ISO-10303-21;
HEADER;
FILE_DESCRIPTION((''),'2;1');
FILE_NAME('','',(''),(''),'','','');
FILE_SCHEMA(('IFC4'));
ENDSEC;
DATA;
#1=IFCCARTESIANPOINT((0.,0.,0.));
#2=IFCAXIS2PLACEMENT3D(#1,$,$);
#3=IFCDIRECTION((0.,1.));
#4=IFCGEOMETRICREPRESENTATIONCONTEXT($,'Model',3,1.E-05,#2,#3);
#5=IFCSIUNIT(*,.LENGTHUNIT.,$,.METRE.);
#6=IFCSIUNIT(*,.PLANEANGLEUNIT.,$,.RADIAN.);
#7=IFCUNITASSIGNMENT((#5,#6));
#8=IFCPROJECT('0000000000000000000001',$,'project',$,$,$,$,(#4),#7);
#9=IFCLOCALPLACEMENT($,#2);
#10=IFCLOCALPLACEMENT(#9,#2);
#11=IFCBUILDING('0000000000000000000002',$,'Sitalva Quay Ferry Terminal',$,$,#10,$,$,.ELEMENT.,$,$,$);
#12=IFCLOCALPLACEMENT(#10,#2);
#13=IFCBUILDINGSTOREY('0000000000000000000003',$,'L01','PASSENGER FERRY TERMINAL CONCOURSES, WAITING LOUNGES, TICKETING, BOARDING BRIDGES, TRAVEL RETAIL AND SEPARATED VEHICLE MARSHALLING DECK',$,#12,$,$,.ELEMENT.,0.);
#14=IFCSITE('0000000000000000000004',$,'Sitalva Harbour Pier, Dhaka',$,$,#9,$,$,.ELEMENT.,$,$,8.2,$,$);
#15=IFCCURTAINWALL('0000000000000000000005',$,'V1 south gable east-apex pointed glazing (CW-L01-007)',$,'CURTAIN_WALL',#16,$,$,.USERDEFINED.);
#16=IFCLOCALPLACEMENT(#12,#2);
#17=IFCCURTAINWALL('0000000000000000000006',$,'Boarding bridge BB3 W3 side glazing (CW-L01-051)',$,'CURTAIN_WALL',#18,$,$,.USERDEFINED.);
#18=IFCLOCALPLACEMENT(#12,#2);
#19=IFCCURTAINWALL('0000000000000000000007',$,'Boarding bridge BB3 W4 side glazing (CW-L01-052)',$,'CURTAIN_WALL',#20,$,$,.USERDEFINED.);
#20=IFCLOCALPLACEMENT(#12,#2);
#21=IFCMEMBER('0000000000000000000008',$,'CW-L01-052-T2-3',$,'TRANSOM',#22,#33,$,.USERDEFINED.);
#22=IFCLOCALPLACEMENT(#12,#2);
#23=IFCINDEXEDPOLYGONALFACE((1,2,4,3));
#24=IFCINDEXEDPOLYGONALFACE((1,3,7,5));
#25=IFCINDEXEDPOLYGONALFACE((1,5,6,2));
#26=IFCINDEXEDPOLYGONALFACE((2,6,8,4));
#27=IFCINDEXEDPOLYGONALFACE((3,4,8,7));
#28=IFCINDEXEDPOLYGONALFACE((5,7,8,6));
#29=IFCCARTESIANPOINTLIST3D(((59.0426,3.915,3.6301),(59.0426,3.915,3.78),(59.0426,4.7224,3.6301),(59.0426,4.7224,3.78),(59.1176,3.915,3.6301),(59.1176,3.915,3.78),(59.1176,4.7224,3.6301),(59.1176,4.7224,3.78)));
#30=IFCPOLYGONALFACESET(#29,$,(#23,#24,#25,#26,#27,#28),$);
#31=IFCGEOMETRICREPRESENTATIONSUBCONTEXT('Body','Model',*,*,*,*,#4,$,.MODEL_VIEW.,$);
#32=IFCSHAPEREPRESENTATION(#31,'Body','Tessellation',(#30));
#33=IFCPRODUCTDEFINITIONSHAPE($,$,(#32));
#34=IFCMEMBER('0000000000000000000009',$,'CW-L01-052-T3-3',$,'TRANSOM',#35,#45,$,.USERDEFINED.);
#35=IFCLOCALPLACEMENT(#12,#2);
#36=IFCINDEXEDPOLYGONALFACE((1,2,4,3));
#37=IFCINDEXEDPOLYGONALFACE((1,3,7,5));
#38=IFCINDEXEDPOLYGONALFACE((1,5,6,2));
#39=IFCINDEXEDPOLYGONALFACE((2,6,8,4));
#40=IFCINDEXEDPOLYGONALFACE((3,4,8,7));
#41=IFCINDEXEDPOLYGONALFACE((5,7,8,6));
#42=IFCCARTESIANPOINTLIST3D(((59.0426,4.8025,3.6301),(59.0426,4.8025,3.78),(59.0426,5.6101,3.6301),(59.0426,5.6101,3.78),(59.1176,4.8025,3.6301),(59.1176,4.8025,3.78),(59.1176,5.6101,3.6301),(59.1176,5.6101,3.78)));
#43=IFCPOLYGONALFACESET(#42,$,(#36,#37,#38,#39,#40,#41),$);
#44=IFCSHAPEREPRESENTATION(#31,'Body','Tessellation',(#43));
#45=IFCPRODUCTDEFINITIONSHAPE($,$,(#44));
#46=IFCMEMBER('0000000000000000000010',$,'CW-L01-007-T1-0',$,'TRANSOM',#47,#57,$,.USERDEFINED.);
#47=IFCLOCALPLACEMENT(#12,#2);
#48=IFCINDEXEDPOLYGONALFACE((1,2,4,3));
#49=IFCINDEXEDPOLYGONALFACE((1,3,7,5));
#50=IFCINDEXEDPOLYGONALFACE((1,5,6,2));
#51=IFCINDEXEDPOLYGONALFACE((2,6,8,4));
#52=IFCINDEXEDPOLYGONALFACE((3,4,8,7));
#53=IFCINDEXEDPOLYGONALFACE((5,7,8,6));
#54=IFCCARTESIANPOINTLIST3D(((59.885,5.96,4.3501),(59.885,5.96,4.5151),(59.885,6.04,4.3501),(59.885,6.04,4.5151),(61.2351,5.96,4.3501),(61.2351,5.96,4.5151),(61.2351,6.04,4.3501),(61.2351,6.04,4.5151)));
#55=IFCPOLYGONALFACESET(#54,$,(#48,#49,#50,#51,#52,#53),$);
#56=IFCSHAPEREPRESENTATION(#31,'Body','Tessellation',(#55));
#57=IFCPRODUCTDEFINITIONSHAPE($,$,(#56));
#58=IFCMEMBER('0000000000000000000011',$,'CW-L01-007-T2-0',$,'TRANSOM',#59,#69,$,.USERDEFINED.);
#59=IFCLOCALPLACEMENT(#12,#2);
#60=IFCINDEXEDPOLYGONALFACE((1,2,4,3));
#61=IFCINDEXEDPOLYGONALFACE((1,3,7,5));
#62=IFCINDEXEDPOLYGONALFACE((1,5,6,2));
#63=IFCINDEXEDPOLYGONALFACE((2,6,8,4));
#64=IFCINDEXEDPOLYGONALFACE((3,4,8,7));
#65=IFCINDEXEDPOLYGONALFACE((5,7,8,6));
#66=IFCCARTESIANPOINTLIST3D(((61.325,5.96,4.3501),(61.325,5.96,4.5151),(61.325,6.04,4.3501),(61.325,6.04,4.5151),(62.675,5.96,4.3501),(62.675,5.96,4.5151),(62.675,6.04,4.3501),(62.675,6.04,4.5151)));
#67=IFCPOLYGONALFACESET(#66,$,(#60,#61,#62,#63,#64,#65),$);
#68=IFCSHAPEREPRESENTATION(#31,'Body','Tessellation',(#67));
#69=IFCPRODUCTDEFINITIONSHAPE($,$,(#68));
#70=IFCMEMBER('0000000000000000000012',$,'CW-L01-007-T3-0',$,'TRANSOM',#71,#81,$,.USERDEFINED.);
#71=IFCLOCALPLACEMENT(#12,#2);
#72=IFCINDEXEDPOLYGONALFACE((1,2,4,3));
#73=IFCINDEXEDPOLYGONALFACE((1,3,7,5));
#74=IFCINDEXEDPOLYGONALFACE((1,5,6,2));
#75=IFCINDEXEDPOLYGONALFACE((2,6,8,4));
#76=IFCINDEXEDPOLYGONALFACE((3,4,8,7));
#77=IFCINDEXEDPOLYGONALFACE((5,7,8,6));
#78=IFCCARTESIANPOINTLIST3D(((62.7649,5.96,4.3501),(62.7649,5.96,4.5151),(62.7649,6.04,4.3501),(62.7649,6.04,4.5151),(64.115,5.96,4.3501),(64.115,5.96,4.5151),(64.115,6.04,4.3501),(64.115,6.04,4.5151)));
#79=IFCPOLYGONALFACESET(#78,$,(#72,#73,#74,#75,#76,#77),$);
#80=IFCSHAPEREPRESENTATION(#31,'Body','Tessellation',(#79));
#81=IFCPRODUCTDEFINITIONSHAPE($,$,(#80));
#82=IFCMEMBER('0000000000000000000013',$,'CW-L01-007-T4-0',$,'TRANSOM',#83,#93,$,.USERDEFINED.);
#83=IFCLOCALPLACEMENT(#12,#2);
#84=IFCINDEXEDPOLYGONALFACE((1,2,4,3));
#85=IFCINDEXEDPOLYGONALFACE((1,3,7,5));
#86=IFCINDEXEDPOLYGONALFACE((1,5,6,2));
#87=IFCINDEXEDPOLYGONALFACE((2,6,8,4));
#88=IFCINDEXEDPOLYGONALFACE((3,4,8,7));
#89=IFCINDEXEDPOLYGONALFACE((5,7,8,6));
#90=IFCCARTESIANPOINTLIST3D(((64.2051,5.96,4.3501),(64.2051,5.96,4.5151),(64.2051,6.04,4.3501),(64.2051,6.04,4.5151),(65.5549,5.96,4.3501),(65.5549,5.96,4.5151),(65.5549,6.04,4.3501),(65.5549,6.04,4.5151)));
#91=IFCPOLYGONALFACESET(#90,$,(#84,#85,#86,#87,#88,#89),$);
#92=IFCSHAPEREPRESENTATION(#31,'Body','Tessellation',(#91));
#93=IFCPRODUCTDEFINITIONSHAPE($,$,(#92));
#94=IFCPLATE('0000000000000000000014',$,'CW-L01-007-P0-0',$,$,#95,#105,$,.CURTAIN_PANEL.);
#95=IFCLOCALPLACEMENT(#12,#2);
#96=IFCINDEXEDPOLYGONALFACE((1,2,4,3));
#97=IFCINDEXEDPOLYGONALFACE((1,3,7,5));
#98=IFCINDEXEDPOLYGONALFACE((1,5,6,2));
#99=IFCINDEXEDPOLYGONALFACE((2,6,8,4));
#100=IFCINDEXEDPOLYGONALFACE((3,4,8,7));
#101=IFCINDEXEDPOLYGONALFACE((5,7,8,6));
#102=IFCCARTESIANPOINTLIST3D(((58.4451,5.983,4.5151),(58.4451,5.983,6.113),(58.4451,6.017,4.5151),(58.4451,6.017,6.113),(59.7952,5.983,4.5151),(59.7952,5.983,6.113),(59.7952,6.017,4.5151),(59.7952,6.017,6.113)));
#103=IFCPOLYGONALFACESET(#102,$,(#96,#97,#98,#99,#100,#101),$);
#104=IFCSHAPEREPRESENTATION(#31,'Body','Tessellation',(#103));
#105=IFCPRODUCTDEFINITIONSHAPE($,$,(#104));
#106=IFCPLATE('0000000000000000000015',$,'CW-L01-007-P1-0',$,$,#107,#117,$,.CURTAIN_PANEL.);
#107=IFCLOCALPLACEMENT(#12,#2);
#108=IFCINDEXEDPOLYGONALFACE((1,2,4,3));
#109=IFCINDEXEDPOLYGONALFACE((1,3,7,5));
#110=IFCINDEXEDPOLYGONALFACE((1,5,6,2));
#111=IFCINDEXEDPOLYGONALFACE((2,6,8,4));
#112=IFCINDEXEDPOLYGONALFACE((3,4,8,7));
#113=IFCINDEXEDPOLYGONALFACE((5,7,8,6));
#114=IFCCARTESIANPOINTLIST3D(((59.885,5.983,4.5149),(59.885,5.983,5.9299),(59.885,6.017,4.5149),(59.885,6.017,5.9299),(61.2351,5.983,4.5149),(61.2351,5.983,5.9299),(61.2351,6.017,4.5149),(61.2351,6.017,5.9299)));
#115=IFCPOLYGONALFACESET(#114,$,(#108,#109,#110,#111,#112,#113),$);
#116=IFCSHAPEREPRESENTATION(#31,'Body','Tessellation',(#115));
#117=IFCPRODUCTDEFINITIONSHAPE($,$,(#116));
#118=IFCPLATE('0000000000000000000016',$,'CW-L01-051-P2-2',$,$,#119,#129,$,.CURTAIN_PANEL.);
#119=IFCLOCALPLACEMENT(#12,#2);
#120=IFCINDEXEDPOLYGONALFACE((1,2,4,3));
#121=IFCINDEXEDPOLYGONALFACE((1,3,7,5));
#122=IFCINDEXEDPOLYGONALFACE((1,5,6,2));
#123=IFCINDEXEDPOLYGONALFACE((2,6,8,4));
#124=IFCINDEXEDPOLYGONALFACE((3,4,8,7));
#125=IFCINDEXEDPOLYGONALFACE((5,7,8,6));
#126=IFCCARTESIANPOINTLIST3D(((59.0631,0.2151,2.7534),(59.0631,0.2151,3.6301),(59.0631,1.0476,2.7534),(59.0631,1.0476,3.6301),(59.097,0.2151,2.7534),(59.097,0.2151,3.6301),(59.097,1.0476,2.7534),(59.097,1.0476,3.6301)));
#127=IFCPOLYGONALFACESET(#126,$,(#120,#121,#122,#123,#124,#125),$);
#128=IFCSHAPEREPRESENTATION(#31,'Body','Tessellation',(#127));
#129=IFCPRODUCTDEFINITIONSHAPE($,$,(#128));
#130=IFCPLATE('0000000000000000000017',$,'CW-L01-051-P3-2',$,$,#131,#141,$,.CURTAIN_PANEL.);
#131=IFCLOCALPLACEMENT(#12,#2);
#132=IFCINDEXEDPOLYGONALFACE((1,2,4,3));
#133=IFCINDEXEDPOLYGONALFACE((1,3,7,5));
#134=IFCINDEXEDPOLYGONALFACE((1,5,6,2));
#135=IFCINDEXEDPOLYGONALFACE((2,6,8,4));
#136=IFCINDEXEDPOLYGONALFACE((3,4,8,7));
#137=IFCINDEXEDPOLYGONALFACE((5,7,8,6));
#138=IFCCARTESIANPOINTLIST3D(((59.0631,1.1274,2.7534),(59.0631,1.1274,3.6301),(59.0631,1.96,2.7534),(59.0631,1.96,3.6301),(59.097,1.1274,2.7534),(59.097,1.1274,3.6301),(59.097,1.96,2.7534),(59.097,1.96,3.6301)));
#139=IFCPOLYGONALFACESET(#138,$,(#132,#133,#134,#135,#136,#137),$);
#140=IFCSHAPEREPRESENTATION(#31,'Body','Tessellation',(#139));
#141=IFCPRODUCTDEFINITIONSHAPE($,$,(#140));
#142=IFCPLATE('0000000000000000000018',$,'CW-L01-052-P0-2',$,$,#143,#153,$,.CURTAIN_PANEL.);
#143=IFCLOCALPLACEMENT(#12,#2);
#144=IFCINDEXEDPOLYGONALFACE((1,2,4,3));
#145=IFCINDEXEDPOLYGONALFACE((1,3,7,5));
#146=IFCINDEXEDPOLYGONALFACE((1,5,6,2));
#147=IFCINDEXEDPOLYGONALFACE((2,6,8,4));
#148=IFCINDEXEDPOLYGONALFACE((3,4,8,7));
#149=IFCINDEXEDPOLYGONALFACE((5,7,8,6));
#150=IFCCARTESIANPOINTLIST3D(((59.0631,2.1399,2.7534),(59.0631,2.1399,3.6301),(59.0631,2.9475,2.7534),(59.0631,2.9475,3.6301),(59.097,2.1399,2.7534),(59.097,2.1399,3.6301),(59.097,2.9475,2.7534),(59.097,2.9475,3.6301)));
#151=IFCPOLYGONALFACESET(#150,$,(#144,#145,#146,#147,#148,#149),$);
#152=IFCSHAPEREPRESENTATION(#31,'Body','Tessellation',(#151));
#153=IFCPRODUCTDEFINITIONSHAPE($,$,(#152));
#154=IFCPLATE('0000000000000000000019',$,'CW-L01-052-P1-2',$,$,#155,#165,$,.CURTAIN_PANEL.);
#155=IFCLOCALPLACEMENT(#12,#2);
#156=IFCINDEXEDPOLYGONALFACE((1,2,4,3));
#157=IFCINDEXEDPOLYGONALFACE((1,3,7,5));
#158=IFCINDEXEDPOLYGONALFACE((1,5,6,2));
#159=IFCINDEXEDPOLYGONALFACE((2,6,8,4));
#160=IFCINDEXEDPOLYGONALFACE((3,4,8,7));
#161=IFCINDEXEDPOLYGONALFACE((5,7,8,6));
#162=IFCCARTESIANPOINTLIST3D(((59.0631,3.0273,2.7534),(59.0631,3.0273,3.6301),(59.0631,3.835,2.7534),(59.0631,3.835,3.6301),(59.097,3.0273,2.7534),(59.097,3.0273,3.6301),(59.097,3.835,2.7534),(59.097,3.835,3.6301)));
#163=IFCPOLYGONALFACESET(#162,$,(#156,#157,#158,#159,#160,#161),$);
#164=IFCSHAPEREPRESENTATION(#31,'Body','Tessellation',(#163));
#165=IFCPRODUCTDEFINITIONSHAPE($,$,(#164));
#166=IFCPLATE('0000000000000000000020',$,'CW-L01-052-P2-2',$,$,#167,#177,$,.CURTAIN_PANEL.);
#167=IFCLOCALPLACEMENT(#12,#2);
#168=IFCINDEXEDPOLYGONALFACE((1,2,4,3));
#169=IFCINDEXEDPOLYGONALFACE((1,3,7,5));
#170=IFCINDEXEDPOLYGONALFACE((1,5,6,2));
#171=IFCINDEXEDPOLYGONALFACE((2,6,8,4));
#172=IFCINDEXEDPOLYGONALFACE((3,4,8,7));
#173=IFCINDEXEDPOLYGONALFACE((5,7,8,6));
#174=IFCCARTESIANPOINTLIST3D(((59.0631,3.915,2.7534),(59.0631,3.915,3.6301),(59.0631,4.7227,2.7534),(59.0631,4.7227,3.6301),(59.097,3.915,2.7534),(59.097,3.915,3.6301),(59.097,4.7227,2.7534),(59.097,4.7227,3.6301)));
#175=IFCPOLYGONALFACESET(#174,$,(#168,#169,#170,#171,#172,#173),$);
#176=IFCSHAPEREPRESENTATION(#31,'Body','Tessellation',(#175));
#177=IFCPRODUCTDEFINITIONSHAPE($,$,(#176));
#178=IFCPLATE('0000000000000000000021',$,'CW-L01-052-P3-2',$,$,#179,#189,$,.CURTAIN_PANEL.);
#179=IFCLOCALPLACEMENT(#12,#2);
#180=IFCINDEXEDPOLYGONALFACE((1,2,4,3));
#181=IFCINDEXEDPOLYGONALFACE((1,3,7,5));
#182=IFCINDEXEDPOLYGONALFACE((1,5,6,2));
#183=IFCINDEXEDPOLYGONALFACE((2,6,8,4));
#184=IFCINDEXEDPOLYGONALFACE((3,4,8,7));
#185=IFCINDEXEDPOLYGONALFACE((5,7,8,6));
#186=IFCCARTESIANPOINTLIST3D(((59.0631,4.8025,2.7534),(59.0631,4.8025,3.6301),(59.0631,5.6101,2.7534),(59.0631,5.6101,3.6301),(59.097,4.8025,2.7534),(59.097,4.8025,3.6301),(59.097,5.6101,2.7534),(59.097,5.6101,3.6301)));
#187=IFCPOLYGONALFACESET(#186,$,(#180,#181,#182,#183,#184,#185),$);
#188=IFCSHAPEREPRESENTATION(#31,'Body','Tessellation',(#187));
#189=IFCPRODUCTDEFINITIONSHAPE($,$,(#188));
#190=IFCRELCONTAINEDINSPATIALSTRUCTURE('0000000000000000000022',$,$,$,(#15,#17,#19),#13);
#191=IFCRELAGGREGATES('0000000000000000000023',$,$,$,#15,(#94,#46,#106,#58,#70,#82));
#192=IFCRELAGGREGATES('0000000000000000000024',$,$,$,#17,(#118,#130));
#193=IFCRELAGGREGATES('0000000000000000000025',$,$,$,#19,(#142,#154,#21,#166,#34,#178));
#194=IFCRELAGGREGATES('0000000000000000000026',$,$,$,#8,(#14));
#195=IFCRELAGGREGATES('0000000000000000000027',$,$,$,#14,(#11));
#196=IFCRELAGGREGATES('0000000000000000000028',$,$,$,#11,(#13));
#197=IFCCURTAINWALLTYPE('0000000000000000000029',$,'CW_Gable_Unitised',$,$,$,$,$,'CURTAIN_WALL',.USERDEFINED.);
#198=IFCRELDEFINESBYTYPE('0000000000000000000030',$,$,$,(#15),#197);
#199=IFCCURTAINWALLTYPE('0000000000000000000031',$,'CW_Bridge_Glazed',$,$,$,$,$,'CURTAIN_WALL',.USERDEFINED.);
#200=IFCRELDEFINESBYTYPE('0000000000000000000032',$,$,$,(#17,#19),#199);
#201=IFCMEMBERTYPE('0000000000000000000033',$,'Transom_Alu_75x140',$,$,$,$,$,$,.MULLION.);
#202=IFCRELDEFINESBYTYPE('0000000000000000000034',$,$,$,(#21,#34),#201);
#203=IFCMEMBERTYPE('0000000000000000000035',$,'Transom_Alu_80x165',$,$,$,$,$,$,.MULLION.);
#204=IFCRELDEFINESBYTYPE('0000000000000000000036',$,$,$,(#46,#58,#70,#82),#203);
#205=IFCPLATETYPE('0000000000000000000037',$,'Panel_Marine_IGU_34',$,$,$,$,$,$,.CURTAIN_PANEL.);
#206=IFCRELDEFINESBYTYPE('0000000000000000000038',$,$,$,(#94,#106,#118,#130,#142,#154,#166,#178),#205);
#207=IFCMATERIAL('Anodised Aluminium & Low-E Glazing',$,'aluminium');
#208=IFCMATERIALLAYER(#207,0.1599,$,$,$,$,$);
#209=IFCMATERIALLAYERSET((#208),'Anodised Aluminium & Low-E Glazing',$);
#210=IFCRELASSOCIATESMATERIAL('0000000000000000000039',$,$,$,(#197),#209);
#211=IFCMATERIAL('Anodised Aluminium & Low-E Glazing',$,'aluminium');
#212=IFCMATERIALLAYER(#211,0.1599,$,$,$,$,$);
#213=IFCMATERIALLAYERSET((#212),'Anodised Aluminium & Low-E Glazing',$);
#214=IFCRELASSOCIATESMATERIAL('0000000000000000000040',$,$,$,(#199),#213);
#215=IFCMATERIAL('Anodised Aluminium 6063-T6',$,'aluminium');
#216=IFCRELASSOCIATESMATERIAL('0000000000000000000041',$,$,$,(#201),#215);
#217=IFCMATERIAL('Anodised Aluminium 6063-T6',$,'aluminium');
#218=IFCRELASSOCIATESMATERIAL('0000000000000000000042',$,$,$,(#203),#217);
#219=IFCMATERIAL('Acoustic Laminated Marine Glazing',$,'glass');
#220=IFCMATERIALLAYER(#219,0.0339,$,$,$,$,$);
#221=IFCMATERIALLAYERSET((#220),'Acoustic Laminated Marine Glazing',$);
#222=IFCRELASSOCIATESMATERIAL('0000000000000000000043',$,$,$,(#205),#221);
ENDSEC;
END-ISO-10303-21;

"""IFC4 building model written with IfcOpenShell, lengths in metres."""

from ifc_helpers import new_model, si_unit, direction, frame, origin, origin_2d, place, context, subcontext, project, spatial, rectangle, extrude, material, layer, layer_set, material_profile, profile_set, type_object, element, aggregate, save


model = new_model("IFC4")

# Units and contexts
model_context = context("Model", 3, precision=1e-05, world=origin(), true_north=direction((0.0, 1.0)))
body_context = subcontext(model_context, "Body", "Model", "MODEL_VIEW")
ifc_project = project(units=[si_unit("LENGTHUNIT", "METRE"), si_unit("PLANEANGLEUNIT", "RADIAN")], contexts=[model_context])

# Site, building, storey
site_placement = place(None, origin())
site = spatial("IfcSite", under=ifc_project, at=site_placement, Name="Sitalva Harbour Pier, Dhaka", CompositionType="ELEMENT", RefElevation=8.2)
building_placement = place(site_placement, origin())
building = spatial("IfcBuilding", under=site, at=building_placement, Name="Sitalva Quay Ferry Terminal", CompositionType="ELEMENT")
storey_placement = place(building_placement, origin())
storey = spatial("IfcBuildingStorey", under=building, at=storey_placement, Name="L01", Description="PASSENGER FERRY TERMINAL CONCOURSES, WAITING LOUNGES, TICKETING, BOARDING BRIDGES, TRAVEL RETAIL AND SEPARATED VEHICLE MARSHALLING DECK", CompositionType="ELEMENT", Elevation=0.0)

# Curtain wall
ifc_material_1 = material(Name="Anodised Aluminium & Low-E Glazing", Category="aluminium")
ifc_layer_1 = layer(ifc_material_1, 0.1599)
ifc_layer_set_1 = layer_set([ifc_layer_1], Name="Anodised Aluminium & Low-E Glazing")
curtain_wall_type_1 = type_object("IfcCurtainWallType", Name="CW_Gable_Unitised", ElementType="CURTAIN_WALL", PredefinedType="USERDEFINED", material=ifc_layer_set_1)
curtain_wall_1_placement = place(storey_placement, origin())
curtain_wall_1 = element("IfcCurtainWall", 1, at=curtain_wall_1_placement, inside=storey, type_object=curtain_wall_type_1, Name="V1 south gable east-apex pointed glazing (CW-L01-007)", ObjectType="CURTAIN_WALL", PredefinedType="USERDEFINED")

# Curtain wall
ifc_material_2 = material(Name="Anodised Aluminium & Low-E Glazing", Category="aluminium")
ifc_layer_2 = layer(ifc_material_2, 0.1599)
ifc_layer_set_2 = layer_set([ifc_layer_2], Name="Anodised Aluminium & Low-E Glazing")
curtain_wall_type_2 = type_object("IfcCurtainWallType", Name="CW_Bridge_Glazed", ElementType="CURTAIN_WALL", PredefinedType="USERDEFINED", material=ifc_layer_set_2)
curtain_wall_2_placement = place(storey_placement, origin())
curtain_wall_2 = element("IfcCurtainWall", 2, at=curtain_wall_2_placement, inside=storey, type_object=curtain_wall_type_2, Name="Boarding bridge BB3 W3 side glazing (CW-L01-051)", ObjectType="CURTAIN_WALL", PredefinedType="USERDEFINED")
ifc_material_3 = material(Name="Anodised Aluminium 6063-T6", Category="aluminium")
ifc_material_profile_1 = material_profile(ifc_material_3, rectangle(XDim=0.075, YDim=0.1499, at=origin_2d()), Name="ALU75x150")
ifc_profile_set_1 = profile_set([ifc_material_profile_1], Name="Anodised Aluminium 6063-T6")
member_type_1 = type_object("IfcMemberType", Name="Transom_Alu_75x140", PredefinedType="MULLION", material=ifc_profile_set_1)

# Curtain wall, members
curtain_wall_3_placement = place(storey_placement, origin())
curtain_wall_3 = element("IfcCurtainWall", 3, at=curtain_wall_3_placement, inside=storey, type_object=curtain_wall_type_2, Name="Boarding bridge BB3 W4 side glazing (CW-L01-052)", ObjectType="CURTAIN_WALL", PredefinedType="USERDEFINED")
member_1_placement = place(storey_placement, frame((59.0801, 3.915, 3.7051), z_axis=(0.0, 1.0, 0.0), x_axis=(-1.0, 0.0, 0.0)))
member_1 = element("IfcMember", 4, at=member_1_placement, type_object=member_type_1, Name="CW-L01-052-T2-3", ObjectType="TRANSOM", PredefinedType="USERDEFINED", context=body_context, shape_type="SweptSolid", body=[
    extrude(rectangle(XDim=0.075, YDim=0.1499, at=origin_2d()), origin(), (0.0, 0.0, 1.0), 0.8074),
])
member_2_placement = place(storey_placement, frame((59.0801, 4.8025, 3.7051), z_axis=(0.0, 1.0, 0.0), x_axis=(-1.0, 0.0, 0.0)))
member_2 = element("IfcMember", 5, at=member_2_placement, type_object=member_type_1, Name="CW-L01-052-T3-3", ObjectType="TRANSOM", PredefinedType="USERDEFINED", context=body_context, shape_type="SweptSolid", body=[
    extrude(rectangle(XDim=0.075, YDim=0.1499, at=origin_2d()), origin(), (0.0, 0.0, 1.0), 0.8076),
])

# Members
ifc_material_4 = material(Name="Anodised Aluminium 6063-T6", Category="aluminium")
ifc_material_profile_2 = material_profile(ifc_material_4, rectangle(XDim=0.0801, YDim=0.165, at=origin_2d()), Name="ALU80x165")
ifc_profile_set_2 = profile_set([ifc_material_profile_2], Name="Anodised Aluminium 6063-T6")
member_type_2 = type_object("IfcMemberType", Name="Transom_Alu_80x165", PredefinedType="MULLION", material=ifc_profile_set_2)
member_3_placement = place(storey_placement, frame((59.885, 6.0, 4.4326), z_axis=(1.0, 0.0, 0.0), x_axis=(0.0, 1.0, 0.0)))
member_3 = element("IfcMember", 6, at=member_3_placement, type_object=member_type_2, Name="CW-L01-007-T1-0", ObjectType="TRANSOM", PredefinedType="USERDEFINED", context=body_context, shape_type="SweptSolid", body=[
    extrude(rectangle(XDim=0.0801, YDim=0.165, at=origin_2d()), origin(), (0.0, 0.0, 1.0), 1.3501),
])
member_4_placement = place(storey_placement, frame((61.325, 6.0, 4.4326), z_axis=(1.0, 0.0, 0.0), x_axis=(0.0, 1.0, 0.0)))
member_4 = element("IfcMember", 7, at=member_4_placement, type_object=member_type_2, Name="CW-L01-007-T2-0", ObjectType="TRANSOM", PredefinedType="USERDEFINED", context=body_context, shape_type="SweptSolid", body=[
    extrude(rectangle(XDim=0.0801, YDim=0.165, at=origin_2d()), origin(), (0.0, 0.0, 1.0), 1.3501),
])
member_5_placement = place(storey_placement, frame((62.7649, 6.0, 4.4326), z_axis=(1.0, 0.0, 0.0), x_axis=(0.0, 1.0, 0.0)))
member_5 = element("IfcMember", 8, at=member_5_placement, type_object=member_type_2, Name="CW-L01-007-T3-0", ObjectType="TRANSOM", PredefinedType="USERDEFINED", context=body_context, shape_type="SweptSolid", body=[
    extrude(rectangle(XDim=0.0801, YDim=0.165, at=origin_2d()), origin(), (0.0, 0.0, 1.0), 1.3501),
])
member_6_placement = place(storey_placement, frame((64.2051, 6.0, 4.4326), z_axis=(1.0, 0.0, 0.0), x_axis=(0.0, 1.0, 0.0)))
member_6 = element("IfcMember", 9, at=member_6_placement, type_object=member_type_2, Name="CW-L01-007-T4-0", ObjectType="TRANSOM", PredefinedType="USERDEFINED", context=body_context, shape_type="SweptSolid", body=[
    extrude(rectangle(XDim=0.0801, YDim=0.165, at=origin_2d()), origin(), (0.0, 0.0, 1.0), 1.3499),
])

# Plates
ifc_material_5 = material(Name="Acoustic Laminated Marine Glazing", Category="glass")
ifc_layer_3 = layer(ifc_material_5, 0.0339)
ifc_layer_set_3 = layer_set([ifc_layer_3], Name="Acoustic Laminated Marine Glazing")
plate_type = type_object("IfcPlateType", Name="Panel_Marine_IGU_34", PredefinedType="CURTAIN_PANEL", material=ifc_layer_set_3)
plate_1_placement = place(storey_placement, frame((59.1201, 6.0, 4.5151), z_axis=(0.0, 0.0, 1.0), x_axis=(1.0, 0.0, 0.0)))
plate_1 = element("IfcPlate", 10, at=plate_1_placement, type_object=plate_type, Name="CW-L01-007-P0-0", PredefinedType="CURTAIN_PANEL", context=body_context, shape_type="SweptSolid", body=[
    extrude(rectangle(XDim=1.3501, YDim=0.0339, at=origin_2d()), origin(), (0.0, 0.0, 1.0), 1.5979),
])
plate_2_placement = place(storey_placement, frame((60.5601, 6.0, 4.5149), z_axis=(0.0, 0.0, 1.0), x_axis=(1.0, 0.0, 0.0)))
plate_2 = element("IfcPlate", 11, at=plate_2_placement, type_object=plate_type, Name="CW-L01-007-P1-0", PredefinedType="CURTAIN_PANEL", context=body_context, shape_type="SweptSolid", body=[
    extrude(rectangle(XDim=1.3501, YDim=0.0339, at=origin_2d()), origin(), (0.0, 0.0, 1.0), 1.415),
])
aggregate(curtain_wall_1, [plate_1, member_3, plate_2, member_4, member_5, member_6])
plate_3_placement = place(storey_placement, frame((59.0801, 0.6313, 2.7534), z_axis=(0.0, 0.0, 1.0), x_axis=(0.0, 1.0, 0.0)))
plate_3 = element("IfcPlate", 12, at=plate_3_placement, type_object=plate_type, Name="CW-L01-051-P2-2", PredefinedType="CURTAIN_PANEL", context=body_context, shape_type="SweptSolid", body=[
    extrude(rectangle(XDim=0.8325, YDim=0.0339, at=origin_2d()), origin(), (0.0, 0.0, 1.0), 0.8767),
])
plate_4_placement = place(storey_placement, frame((59.0801, 1.5437, 2.7534), z_axis=(0.0, 0.0, 1.0), x_axis=(0.0, 1.0, 0.0)))
plate_4 = element("IfcPlate", 13, at=plate_4_placement, type_object=plate_type, Name="CW-L01-051-P3-2", PredefinedType="CURTAIN_PANEL", context=body_context, shape_type="SweptSolid", body=[
    extrude(rectangle(XDim=0.8325, YDim=0.0339, at=origin_2d()), origin(), (0.0, 0.0, 1.0), 0.8767),
])
aggregate(curtain_wall_2, [plate_3, plate_4])
plate_5_placement = place(storey_placement, frame((59.0801, 2.5437, 2.7534), z_axis=(0.0, 0.0, 1.0), x_axis=(0.0, 1.0, 0.0)))
plate_5 = element("IfcPlate", 14, at=plate_5_placement, type_object=plate_type, Name="CW-L01-052-P0-2", PredefinedType="CURTAIN_PANEL", context=body_context, shape_type="SweptSolid", body=[
    extrude(rectangle(XDim=0.8076, YDim=0.0339, at=origin_2d()), origin(), (0.0, 0.0, 1.0), 0.8767),
])
plate_6_placement = place(storey_placement, frame((59.0801, 3.4312, 2.7534), z_axis=(0.0, 0.0, 1.0), x_axis=(0.0, 1.0, 0.0)))
plate_6 = element("IfcPlate", 15, at=plate_6_placement, type_object=plate_type, Name="CW-L01-052-P1-2", PredefinedType="CURTAIN_PANEL", context=body_context, shape_type="SweptSolid", body=[
    extrude(rectangle(XDim=0.8076, YDim=0.0339, at=origin_2d()), origin(), (0.0, 0.0, 1.0), 0.8767),
])
plate_7_placement = place(storey_placement, frame((59.0801, 4.3188, 2.7534), z_axis=(0.0, 0.0, 1.0), x_axis=(0.0, 1.0, 0.0)))
plate_7 = element("IfcPlate", 16, at=plate_7_placement, type_object=plate_type, Name="CW-L01-052-P2-2", PredefinedType="CURTAIN_PANEL", context=body_context, shape_type="SweptSolid", body=[
    extrude(rectangle(XDim=0.8076, YDim=0.0339, at=origin_2d()), origin(), (0.0, 0.0, 1.0), 0.8767),
])
plate_8_placement = place(storey_placement, frame((59.0801, 5.2063, 2.7534), z_axis=(0.0, 0.0, 1.0), x_axis=(0.0, 1.0, 0.0)))
plate_8 = element("IfcPlate", 17, at=plate_8_placement, type_object=plate_type, Name="CW-L01-052-P3-2", PredefinedType="CURTAIN_PANEL", context=body_context, shape_type="SweptSolid", body=[
    extrude(rectangle(XDim=0.8076, YDim=0.0339, at=origin_2d()), origin(), (0.0, 0.0, 1.0), 0.8767),
])
aggregate(curtain_wall_3, [plate_5, plate_6, member_1, plate_7, member_2, plate_8])

save(model, "model.ifc")
